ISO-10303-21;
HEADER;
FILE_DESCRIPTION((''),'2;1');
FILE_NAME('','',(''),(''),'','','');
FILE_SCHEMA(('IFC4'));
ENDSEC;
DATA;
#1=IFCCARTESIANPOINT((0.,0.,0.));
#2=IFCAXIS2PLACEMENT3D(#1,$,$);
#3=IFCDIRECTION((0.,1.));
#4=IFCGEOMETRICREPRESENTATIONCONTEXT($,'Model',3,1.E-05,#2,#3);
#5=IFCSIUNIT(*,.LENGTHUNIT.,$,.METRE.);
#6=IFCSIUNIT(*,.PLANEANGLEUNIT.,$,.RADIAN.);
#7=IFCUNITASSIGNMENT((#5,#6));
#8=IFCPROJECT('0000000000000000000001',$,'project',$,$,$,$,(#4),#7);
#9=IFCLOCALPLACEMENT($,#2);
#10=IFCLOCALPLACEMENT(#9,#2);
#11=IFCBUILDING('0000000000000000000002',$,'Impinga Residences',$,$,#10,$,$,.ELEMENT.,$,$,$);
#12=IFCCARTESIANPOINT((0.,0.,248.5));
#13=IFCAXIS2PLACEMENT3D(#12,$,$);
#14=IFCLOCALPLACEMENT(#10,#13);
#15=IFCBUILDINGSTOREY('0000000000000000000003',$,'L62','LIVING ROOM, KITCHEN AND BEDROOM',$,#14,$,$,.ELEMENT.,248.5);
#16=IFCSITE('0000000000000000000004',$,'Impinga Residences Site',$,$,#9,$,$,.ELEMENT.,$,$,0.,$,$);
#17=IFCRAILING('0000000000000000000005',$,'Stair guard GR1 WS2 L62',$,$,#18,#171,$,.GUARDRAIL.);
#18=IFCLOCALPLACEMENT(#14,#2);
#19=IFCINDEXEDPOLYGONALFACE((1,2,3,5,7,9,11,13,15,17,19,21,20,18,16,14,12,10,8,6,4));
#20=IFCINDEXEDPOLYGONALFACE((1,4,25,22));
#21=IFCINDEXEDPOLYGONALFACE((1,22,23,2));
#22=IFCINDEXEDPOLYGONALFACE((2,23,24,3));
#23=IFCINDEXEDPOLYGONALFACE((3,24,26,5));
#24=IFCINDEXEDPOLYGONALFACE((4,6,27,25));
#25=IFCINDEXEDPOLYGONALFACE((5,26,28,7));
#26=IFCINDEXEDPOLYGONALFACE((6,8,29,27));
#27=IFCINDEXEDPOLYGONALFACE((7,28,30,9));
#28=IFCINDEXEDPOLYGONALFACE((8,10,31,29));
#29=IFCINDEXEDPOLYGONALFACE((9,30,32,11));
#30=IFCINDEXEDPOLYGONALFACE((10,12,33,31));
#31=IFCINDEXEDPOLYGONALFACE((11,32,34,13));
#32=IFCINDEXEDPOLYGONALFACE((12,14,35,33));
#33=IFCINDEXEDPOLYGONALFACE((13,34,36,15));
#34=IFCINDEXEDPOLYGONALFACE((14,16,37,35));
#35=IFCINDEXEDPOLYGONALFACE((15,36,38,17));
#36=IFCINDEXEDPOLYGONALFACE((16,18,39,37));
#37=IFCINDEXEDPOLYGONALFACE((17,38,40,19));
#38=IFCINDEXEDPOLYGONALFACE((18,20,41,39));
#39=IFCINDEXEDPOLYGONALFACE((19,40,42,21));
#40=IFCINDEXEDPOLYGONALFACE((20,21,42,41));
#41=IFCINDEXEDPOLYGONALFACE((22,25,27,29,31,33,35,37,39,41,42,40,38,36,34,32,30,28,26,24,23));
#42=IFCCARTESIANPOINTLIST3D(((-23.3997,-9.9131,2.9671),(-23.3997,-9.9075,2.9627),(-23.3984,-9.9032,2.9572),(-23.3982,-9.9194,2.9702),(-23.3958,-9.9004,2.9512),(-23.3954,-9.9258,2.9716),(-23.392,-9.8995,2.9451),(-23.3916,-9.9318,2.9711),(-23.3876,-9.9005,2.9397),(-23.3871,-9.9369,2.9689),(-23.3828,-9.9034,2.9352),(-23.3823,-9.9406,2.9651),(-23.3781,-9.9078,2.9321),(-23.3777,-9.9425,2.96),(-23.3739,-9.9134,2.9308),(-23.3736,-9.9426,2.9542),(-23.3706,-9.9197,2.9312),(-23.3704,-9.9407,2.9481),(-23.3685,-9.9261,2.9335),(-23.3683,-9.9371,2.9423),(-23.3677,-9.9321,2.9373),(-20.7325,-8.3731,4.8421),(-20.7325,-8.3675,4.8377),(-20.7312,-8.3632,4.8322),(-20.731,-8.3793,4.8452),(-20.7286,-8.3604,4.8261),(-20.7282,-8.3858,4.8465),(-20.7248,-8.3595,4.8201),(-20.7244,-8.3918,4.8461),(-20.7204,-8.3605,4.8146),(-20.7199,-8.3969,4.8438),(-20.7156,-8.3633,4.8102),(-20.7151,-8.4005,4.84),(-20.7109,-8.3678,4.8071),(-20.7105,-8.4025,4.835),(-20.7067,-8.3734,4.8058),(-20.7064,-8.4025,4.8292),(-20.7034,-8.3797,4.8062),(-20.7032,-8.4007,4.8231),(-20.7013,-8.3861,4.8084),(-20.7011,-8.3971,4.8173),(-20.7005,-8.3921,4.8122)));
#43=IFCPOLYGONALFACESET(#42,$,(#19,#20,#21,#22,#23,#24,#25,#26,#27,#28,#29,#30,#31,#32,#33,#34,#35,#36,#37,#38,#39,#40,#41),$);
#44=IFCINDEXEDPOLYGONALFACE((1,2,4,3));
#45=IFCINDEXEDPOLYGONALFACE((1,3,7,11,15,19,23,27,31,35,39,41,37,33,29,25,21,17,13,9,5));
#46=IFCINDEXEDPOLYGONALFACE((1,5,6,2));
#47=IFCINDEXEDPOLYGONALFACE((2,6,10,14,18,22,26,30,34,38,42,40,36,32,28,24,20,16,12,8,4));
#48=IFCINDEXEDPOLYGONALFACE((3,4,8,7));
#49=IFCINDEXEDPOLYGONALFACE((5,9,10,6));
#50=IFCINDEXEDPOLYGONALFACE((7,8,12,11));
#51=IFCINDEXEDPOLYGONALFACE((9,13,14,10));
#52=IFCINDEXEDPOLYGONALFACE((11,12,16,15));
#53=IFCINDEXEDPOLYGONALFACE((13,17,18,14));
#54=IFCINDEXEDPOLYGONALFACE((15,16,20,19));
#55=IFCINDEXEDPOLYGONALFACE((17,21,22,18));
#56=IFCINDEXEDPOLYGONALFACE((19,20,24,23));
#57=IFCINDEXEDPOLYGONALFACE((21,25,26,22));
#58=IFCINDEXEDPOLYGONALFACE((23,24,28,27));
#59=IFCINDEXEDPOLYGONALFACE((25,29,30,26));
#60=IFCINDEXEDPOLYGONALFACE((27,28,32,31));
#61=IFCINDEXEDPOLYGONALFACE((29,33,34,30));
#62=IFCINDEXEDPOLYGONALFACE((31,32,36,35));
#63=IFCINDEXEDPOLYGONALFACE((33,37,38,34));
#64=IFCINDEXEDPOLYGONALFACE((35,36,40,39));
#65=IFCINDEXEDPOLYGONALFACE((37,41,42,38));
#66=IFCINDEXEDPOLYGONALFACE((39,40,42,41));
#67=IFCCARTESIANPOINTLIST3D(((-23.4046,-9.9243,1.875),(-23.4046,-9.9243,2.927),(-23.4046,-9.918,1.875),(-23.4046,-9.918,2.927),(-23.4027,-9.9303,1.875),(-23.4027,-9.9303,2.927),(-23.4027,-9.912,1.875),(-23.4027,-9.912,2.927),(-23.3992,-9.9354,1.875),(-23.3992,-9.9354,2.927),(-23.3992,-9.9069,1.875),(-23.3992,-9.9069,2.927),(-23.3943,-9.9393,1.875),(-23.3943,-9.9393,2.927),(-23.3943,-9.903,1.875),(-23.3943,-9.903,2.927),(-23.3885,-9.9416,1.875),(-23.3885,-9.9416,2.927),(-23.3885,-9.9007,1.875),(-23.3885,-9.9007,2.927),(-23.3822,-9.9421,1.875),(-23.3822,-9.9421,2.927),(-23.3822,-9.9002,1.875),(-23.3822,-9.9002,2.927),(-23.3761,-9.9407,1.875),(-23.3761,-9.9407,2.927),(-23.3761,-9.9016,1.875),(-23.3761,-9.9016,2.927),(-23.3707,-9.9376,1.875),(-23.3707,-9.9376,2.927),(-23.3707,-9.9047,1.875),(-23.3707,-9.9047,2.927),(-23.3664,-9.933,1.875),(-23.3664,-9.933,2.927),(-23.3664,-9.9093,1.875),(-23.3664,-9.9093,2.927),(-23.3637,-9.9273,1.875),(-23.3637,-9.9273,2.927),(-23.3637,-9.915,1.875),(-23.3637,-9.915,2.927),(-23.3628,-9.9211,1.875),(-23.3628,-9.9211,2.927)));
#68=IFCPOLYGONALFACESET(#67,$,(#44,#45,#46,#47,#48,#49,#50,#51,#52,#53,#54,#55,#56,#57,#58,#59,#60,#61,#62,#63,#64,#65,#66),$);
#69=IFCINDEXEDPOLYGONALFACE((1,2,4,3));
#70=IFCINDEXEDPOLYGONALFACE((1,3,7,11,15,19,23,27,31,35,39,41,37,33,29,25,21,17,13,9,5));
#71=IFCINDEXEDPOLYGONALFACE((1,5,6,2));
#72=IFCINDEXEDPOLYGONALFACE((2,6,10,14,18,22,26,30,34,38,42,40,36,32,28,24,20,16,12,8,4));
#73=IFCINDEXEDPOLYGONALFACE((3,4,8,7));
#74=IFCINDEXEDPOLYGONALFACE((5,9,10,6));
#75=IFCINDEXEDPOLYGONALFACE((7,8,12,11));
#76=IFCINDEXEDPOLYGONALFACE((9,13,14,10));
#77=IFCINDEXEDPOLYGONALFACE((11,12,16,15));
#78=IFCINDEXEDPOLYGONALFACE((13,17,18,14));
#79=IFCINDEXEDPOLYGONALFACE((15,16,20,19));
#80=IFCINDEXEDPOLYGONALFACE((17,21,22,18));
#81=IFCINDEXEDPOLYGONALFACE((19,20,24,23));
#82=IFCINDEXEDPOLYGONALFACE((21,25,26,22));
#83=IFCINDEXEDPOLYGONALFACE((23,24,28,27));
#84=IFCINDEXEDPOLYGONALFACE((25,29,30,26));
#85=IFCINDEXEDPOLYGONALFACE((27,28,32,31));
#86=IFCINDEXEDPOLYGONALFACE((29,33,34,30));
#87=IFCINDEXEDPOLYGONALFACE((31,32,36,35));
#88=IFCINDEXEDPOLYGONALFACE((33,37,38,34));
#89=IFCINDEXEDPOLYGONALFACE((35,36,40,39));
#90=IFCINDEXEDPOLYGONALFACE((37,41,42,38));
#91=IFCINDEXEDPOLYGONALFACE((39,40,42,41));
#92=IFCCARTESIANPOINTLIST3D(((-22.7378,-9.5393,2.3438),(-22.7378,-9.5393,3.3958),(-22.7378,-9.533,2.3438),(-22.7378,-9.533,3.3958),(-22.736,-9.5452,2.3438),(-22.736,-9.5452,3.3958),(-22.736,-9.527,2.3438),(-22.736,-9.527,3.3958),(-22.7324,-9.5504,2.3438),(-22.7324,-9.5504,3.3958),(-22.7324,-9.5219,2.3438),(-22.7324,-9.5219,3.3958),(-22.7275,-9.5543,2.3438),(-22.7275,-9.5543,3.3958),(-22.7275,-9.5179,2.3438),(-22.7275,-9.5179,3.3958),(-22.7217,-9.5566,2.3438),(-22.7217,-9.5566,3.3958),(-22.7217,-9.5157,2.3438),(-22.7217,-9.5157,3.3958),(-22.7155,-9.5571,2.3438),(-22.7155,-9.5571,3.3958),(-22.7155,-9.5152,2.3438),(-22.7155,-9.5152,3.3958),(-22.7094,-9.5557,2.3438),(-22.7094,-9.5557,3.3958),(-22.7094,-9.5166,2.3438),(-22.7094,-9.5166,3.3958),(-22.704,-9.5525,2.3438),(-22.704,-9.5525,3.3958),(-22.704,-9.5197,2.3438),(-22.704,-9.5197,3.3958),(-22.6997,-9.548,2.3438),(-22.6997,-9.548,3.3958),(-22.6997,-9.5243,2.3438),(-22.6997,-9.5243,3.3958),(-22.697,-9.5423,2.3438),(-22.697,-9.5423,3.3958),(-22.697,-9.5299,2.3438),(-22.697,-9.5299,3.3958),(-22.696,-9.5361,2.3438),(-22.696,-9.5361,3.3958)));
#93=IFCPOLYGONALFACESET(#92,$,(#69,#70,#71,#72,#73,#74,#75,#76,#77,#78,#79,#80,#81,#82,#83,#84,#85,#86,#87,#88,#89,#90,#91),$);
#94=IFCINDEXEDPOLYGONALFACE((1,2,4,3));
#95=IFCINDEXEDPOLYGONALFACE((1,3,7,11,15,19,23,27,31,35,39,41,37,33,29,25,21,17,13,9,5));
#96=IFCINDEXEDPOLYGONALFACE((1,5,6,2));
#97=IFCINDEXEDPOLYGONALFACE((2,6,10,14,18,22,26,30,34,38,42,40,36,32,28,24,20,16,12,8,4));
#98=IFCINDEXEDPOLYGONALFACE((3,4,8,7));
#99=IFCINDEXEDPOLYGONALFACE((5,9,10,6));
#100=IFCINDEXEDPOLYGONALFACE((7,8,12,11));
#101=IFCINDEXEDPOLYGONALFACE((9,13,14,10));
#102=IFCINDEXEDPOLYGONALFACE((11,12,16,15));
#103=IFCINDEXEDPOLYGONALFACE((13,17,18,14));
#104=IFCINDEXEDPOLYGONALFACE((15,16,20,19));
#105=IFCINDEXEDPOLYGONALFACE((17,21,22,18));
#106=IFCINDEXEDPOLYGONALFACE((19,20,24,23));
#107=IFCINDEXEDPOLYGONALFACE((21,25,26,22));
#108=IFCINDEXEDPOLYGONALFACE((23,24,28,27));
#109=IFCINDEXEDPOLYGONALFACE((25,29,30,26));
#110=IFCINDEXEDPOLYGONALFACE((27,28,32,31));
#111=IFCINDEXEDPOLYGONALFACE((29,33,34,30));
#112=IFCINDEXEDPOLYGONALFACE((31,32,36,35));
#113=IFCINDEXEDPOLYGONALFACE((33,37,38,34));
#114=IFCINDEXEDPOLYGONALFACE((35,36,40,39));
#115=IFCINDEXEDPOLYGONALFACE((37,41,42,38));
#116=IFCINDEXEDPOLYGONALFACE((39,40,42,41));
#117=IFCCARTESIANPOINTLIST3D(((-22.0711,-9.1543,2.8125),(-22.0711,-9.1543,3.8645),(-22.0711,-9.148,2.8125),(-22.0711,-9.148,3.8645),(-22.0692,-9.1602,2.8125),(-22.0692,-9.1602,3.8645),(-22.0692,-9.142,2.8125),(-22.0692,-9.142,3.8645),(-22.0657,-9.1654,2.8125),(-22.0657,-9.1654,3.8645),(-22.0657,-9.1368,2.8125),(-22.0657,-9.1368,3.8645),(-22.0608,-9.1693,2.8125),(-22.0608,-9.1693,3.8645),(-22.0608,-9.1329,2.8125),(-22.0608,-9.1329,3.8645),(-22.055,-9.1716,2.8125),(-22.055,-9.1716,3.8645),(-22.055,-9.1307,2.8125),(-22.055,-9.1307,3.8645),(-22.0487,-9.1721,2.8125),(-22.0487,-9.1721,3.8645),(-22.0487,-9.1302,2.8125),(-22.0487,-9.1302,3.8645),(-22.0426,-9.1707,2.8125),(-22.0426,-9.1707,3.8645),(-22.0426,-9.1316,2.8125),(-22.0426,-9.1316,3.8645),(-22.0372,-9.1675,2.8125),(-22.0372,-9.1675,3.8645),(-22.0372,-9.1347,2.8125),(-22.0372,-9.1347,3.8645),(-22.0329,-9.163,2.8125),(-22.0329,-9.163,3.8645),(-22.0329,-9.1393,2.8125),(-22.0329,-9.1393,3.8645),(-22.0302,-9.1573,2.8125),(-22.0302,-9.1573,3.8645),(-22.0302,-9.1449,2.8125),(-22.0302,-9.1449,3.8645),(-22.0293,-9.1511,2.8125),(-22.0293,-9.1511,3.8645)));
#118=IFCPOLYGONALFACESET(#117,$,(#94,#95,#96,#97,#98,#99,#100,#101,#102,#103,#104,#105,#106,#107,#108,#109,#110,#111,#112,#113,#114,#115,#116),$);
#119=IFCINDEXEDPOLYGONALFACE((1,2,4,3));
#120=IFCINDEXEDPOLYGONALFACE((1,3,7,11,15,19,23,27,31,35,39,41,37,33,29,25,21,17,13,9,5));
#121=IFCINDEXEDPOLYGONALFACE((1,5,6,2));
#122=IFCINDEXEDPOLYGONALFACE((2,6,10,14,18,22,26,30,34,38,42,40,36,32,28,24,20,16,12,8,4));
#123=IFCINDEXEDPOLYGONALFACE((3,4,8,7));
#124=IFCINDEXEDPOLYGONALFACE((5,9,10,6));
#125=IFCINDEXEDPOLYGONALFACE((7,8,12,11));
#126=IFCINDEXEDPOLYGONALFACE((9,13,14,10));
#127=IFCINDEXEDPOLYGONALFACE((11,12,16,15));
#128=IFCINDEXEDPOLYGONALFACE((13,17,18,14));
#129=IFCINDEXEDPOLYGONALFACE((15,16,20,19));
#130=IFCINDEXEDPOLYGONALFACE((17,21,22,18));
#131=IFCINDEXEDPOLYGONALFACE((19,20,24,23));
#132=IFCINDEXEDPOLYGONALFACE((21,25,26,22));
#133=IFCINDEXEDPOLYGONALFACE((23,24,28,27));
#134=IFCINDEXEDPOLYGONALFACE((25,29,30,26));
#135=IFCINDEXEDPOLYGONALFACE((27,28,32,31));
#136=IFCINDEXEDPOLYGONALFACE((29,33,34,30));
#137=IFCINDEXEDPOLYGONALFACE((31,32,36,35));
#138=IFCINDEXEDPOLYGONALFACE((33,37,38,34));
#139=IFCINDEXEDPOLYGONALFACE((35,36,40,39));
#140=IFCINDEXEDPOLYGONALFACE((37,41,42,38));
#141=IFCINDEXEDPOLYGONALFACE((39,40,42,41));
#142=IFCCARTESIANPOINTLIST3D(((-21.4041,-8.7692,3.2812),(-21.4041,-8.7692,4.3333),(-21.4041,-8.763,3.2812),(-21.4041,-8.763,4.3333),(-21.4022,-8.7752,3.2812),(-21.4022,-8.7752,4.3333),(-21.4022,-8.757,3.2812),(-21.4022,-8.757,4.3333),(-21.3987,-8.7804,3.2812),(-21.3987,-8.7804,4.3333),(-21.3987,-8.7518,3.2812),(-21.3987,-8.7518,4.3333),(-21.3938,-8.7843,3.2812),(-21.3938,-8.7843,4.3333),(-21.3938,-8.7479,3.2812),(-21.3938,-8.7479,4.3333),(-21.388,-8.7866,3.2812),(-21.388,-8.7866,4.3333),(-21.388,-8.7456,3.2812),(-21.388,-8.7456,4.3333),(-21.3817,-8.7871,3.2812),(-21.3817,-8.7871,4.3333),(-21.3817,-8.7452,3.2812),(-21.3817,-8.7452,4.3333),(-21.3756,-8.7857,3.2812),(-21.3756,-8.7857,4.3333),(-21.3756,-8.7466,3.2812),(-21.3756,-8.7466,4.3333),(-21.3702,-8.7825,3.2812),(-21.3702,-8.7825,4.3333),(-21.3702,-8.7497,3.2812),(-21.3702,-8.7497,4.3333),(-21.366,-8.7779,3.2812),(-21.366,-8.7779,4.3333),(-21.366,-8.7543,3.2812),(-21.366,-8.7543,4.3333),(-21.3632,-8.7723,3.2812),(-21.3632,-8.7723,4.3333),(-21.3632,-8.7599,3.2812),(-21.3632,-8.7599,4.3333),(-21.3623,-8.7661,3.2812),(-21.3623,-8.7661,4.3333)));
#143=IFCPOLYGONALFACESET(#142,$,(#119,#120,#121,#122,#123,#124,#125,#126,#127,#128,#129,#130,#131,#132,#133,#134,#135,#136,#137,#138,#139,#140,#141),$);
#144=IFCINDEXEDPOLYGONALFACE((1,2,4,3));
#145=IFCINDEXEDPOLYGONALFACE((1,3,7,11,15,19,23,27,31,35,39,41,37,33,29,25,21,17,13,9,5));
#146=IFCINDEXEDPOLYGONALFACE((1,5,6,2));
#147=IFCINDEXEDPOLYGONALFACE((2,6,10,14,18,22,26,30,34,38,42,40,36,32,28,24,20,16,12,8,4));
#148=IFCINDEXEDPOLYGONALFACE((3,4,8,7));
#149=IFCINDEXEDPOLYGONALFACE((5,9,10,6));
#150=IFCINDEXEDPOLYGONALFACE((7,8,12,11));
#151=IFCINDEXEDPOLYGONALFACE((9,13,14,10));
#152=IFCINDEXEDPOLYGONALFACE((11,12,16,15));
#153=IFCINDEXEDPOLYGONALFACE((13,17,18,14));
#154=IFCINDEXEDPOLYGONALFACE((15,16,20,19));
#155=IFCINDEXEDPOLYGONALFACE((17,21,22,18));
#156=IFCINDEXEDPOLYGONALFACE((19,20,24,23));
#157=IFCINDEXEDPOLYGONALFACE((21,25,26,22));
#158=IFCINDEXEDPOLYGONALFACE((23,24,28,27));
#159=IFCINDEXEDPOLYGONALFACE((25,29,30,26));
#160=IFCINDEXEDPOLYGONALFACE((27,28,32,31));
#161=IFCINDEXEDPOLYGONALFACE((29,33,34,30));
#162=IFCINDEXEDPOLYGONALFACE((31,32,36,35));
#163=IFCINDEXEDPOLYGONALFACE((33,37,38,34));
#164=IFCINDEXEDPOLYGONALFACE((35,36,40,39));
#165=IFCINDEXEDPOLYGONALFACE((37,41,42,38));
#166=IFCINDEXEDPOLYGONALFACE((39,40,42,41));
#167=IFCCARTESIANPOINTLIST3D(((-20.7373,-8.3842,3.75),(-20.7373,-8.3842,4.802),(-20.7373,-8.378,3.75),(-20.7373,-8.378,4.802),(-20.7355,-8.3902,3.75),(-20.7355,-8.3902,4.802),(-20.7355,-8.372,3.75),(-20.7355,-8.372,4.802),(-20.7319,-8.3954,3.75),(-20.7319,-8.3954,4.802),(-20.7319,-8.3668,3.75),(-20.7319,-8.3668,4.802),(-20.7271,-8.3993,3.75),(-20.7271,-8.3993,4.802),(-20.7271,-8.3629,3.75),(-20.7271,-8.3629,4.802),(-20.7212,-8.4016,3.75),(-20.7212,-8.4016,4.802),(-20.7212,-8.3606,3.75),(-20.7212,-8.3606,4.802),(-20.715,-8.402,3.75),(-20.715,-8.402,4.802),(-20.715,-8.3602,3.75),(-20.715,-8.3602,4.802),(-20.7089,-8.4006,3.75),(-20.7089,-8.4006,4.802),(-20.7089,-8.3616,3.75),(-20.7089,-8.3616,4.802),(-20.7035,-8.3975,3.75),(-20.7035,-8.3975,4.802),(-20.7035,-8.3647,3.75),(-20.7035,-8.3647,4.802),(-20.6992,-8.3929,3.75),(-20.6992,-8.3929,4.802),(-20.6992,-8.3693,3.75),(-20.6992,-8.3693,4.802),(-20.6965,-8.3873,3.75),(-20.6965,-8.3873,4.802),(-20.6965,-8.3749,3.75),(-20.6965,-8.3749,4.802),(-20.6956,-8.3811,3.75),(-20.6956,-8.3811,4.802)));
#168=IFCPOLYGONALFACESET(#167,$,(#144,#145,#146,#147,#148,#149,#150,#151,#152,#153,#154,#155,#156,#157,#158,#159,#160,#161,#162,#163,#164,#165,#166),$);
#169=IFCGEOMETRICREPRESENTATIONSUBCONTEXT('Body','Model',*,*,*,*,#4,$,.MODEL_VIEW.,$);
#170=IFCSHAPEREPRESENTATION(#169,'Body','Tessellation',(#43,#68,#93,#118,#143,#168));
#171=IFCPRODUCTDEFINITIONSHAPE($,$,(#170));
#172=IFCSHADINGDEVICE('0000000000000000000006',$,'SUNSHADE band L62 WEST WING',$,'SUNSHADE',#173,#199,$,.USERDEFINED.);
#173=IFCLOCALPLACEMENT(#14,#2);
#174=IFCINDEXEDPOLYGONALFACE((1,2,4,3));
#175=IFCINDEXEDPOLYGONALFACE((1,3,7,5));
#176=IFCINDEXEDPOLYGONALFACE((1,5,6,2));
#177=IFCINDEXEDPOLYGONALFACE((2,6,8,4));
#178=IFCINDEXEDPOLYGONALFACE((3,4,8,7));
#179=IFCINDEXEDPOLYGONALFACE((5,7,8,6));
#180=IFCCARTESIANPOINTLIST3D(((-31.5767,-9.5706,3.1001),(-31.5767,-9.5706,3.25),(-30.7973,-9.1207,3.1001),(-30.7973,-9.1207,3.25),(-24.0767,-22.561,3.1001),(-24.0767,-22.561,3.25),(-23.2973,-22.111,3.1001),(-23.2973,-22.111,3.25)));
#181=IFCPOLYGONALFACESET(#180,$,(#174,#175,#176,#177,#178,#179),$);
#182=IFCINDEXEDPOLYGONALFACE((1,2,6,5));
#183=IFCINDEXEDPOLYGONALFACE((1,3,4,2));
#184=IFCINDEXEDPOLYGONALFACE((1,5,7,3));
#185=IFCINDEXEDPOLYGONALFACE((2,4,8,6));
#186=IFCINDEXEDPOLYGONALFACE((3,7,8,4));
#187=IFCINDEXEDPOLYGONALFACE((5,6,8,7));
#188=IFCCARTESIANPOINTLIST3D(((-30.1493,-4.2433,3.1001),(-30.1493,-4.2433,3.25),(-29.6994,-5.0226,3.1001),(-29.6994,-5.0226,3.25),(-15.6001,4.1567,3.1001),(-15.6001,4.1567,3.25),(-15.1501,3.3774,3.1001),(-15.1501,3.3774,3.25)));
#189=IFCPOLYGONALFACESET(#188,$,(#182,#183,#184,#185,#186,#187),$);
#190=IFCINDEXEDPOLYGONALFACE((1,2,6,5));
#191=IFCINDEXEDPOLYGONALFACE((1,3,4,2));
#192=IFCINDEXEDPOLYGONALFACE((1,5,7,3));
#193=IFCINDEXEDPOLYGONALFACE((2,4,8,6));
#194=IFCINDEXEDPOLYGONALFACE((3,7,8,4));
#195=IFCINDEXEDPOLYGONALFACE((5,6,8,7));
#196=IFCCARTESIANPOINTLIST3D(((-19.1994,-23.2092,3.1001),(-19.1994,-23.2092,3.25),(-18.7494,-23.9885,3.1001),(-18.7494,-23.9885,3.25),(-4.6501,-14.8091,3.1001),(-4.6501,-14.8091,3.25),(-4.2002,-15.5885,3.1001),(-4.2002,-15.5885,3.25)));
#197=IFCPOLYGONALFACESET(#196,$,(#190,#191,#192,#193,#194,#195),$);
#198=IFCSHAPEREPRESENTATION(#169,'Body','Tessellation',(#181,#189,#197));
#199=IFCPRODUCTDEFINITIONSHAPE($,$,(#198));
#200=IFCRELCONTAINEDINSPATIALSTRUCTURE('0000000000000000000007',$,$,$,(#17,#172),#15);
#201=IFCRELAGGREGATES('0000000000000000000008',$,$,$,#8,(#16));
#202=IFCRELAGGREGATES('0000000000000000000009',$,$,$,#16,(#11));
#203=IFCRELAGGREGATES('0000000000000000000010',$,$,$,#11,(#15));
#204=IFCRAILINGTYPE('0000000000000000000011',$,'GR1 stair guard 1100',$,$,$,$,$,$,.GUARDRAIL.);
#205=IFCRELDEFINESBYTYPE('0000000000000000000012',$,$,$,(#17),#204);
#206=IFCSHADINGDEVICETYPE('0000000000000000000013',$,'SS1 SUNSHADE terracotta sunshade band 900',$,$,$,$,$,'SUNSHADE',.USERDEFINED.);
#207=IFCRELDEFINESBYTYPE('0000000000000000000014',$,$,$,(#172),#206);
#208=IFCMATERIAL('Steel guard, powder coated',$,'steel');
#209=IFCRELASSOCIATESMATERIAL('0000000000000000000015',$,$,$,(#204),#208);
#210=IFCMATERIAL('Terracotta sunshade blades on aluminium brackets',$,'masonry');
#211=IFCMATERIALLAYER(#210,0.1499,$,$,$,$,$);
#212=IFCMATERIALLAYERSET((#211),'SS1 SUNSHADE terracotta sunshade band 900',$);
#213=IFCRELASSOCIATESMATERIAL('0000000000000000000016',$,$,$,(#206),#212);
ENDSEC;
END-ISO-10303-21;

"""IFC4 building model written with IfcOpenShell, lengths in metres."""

from ifc_helpers import new_model, si_unit, direction, frame, origin, origin_2d, place, context, subcontext, project, spatial, rectangle, circle, extrude, material, layer, layer_set, type_object, element, save


model = new_model("IFC4")

# Units and contexts
model_context = context("Model", 3, precision=1e-05, world=origin(), true_north=direction((0.0, 1.0)))
body_context = subcontext(model_context, "Body", "Model", "MODEL_VIEW")
ifc_project = project(units=[si_unit("LENGTHUNIT", "METRE"), si_unit("PLANEANGLEUNIT", "RADIAN")], contexts=[model_context])

# Site, building, storey
site_placement = place(None, origin())
site = spatial("IfcSite", under=ifc_project, at=site_placement, Name="Impinga Residences Site", CompositionType="ELEMENT", RefElevation=0.0)
building_placement = place(site_placement, origin())
building = spatial("IfcBuilding", under=site, at=building_placement, Name="Impinga Residences", CompositionType="ELEMENT")
storey_placement = place(building_placement, frame((0.0, 0.0, 248.5)))
storey = spatial("IfcBuildingStorey", under=building, at=storey_placement, Name="L62", Description="LIVING ROOM, KITCHEN AND BEDROOM", CompositionType="ELEMENT", Elevation=248.5)

# Railing
ifc_material_1 = material(Name="Steel guard, powder coated", Category="steel")
railing_type = type_object("IfcRailingType", Name="GR1 stair guard 1100", PredefinedType="GUARDRAIL", material=ifc_material_1)
railing_placement = place(storey_placement, frame((-23.3838, -9.9211, 1.875)))
element("IfcRailing", 1, at=railing_placement, inside=storey, type_object=railing_type, Name="Stair guard GR1 WS2 L62", PredefinedType="GUARDRAIL", context=body_context, shape_type="SweptSolid", body=[
    extrude(circle(Radius=0.0239, at=origin_2d()), frame((0.0, 0.0, 1.0762), z_axis=(0.739716, 0.427105, 0.520002), x_axis=(-0.500027, 0.86601, 0.0)), (0.0, 0.0, 1.0), 3.6057),
    extrude(circle(Radius=0.021, at=origin_2d()), origin(), (0.0, 0.0, 1.0), 1.052),
    extrude(circle(Radius=0.021, at=origin_2d()), frame((0.6667, 0.385, 0.4688)), (0.0, 0.0, 1.0), 1.052),
    extrude(circle(Radius=0.021, at=origin_2d()), frame((1.3335, 0.77, 0.9375)), (0.0, 0.0, 1.0), 1.052),
    extrude(circle(Radius=0.021, at=origin_2d()), frame((2.0005, 1.155, 1.4062)), (0.0, 0.0, 1.0), 1.052),
    extrude(circle(Radius=0.021, at=origin_2d()), frame((2.6672, 1.54, 1.875)), (0.0, 0.0, 1.0), 1.052),
])

# Shading device
ifc_material_2 = material(Name="Terracotta sunshade blades on aluminium brackets", Category="masonry")
ifc_layer_1 = layer(ifc_material_2, 0.1499)
ifc_layer_set_1 = layer_set([ifc_layer_1], Name="SS1 SUNSHADE terracotta sunshade band 900")
shading_device_type = type_object("IfcShadingDeviceType", Name="SS1 SUNSHADE terracotta sunshade band 900", ElementType="SUNSHADE", PredefinedType="USERDEFINED", material=ifc_layer_set_1)
shading_device_placement = place(storey_placement, frame((-27.437, -15.8408, 3.1001), z_axis=(0.0, 0.0, 1.0), x_axis=(-0.5, 0.866025, 0.0)))
element("IfcShadingDevice", 2, at=shading_device_placement, inside=storey, type_object=shading_device_type, Name="SUNSHADE band L62 WEST WING", ObjectType="SUNSHADE", PredefinedType="USERDEFINED", context=body_context, shape_type="SweptSolid", body=[
    extrude(rectangle(XDim=15.0, YDim=0.8999, at=origin_2d()), origin(), (0.0, 0.0, 1.0), 0.1499),
    extrude(rectangle(XDim=16.8, YDim=0.8999, at=origin_2d()), frame((10.95, -11.8499, 0.0), z_axis=(0.0, 0.0, 1.0), x_axis=(0.0, -1.0, 0.0)), (0.0, 0.0, 1.0), 0.1499),
    extrude(rectangle(XDim=16.8, YDim=0.8999, at=origin_2d()), frame((-10.95, -11.8499, 0.0), z_axis=(0.0, 0.0, 1.0), x_axis=(0.0, 1.0, 0.0)), (0.0, 0.0, 1.0), 0.1499),
])

save(model, "model.ifc")
